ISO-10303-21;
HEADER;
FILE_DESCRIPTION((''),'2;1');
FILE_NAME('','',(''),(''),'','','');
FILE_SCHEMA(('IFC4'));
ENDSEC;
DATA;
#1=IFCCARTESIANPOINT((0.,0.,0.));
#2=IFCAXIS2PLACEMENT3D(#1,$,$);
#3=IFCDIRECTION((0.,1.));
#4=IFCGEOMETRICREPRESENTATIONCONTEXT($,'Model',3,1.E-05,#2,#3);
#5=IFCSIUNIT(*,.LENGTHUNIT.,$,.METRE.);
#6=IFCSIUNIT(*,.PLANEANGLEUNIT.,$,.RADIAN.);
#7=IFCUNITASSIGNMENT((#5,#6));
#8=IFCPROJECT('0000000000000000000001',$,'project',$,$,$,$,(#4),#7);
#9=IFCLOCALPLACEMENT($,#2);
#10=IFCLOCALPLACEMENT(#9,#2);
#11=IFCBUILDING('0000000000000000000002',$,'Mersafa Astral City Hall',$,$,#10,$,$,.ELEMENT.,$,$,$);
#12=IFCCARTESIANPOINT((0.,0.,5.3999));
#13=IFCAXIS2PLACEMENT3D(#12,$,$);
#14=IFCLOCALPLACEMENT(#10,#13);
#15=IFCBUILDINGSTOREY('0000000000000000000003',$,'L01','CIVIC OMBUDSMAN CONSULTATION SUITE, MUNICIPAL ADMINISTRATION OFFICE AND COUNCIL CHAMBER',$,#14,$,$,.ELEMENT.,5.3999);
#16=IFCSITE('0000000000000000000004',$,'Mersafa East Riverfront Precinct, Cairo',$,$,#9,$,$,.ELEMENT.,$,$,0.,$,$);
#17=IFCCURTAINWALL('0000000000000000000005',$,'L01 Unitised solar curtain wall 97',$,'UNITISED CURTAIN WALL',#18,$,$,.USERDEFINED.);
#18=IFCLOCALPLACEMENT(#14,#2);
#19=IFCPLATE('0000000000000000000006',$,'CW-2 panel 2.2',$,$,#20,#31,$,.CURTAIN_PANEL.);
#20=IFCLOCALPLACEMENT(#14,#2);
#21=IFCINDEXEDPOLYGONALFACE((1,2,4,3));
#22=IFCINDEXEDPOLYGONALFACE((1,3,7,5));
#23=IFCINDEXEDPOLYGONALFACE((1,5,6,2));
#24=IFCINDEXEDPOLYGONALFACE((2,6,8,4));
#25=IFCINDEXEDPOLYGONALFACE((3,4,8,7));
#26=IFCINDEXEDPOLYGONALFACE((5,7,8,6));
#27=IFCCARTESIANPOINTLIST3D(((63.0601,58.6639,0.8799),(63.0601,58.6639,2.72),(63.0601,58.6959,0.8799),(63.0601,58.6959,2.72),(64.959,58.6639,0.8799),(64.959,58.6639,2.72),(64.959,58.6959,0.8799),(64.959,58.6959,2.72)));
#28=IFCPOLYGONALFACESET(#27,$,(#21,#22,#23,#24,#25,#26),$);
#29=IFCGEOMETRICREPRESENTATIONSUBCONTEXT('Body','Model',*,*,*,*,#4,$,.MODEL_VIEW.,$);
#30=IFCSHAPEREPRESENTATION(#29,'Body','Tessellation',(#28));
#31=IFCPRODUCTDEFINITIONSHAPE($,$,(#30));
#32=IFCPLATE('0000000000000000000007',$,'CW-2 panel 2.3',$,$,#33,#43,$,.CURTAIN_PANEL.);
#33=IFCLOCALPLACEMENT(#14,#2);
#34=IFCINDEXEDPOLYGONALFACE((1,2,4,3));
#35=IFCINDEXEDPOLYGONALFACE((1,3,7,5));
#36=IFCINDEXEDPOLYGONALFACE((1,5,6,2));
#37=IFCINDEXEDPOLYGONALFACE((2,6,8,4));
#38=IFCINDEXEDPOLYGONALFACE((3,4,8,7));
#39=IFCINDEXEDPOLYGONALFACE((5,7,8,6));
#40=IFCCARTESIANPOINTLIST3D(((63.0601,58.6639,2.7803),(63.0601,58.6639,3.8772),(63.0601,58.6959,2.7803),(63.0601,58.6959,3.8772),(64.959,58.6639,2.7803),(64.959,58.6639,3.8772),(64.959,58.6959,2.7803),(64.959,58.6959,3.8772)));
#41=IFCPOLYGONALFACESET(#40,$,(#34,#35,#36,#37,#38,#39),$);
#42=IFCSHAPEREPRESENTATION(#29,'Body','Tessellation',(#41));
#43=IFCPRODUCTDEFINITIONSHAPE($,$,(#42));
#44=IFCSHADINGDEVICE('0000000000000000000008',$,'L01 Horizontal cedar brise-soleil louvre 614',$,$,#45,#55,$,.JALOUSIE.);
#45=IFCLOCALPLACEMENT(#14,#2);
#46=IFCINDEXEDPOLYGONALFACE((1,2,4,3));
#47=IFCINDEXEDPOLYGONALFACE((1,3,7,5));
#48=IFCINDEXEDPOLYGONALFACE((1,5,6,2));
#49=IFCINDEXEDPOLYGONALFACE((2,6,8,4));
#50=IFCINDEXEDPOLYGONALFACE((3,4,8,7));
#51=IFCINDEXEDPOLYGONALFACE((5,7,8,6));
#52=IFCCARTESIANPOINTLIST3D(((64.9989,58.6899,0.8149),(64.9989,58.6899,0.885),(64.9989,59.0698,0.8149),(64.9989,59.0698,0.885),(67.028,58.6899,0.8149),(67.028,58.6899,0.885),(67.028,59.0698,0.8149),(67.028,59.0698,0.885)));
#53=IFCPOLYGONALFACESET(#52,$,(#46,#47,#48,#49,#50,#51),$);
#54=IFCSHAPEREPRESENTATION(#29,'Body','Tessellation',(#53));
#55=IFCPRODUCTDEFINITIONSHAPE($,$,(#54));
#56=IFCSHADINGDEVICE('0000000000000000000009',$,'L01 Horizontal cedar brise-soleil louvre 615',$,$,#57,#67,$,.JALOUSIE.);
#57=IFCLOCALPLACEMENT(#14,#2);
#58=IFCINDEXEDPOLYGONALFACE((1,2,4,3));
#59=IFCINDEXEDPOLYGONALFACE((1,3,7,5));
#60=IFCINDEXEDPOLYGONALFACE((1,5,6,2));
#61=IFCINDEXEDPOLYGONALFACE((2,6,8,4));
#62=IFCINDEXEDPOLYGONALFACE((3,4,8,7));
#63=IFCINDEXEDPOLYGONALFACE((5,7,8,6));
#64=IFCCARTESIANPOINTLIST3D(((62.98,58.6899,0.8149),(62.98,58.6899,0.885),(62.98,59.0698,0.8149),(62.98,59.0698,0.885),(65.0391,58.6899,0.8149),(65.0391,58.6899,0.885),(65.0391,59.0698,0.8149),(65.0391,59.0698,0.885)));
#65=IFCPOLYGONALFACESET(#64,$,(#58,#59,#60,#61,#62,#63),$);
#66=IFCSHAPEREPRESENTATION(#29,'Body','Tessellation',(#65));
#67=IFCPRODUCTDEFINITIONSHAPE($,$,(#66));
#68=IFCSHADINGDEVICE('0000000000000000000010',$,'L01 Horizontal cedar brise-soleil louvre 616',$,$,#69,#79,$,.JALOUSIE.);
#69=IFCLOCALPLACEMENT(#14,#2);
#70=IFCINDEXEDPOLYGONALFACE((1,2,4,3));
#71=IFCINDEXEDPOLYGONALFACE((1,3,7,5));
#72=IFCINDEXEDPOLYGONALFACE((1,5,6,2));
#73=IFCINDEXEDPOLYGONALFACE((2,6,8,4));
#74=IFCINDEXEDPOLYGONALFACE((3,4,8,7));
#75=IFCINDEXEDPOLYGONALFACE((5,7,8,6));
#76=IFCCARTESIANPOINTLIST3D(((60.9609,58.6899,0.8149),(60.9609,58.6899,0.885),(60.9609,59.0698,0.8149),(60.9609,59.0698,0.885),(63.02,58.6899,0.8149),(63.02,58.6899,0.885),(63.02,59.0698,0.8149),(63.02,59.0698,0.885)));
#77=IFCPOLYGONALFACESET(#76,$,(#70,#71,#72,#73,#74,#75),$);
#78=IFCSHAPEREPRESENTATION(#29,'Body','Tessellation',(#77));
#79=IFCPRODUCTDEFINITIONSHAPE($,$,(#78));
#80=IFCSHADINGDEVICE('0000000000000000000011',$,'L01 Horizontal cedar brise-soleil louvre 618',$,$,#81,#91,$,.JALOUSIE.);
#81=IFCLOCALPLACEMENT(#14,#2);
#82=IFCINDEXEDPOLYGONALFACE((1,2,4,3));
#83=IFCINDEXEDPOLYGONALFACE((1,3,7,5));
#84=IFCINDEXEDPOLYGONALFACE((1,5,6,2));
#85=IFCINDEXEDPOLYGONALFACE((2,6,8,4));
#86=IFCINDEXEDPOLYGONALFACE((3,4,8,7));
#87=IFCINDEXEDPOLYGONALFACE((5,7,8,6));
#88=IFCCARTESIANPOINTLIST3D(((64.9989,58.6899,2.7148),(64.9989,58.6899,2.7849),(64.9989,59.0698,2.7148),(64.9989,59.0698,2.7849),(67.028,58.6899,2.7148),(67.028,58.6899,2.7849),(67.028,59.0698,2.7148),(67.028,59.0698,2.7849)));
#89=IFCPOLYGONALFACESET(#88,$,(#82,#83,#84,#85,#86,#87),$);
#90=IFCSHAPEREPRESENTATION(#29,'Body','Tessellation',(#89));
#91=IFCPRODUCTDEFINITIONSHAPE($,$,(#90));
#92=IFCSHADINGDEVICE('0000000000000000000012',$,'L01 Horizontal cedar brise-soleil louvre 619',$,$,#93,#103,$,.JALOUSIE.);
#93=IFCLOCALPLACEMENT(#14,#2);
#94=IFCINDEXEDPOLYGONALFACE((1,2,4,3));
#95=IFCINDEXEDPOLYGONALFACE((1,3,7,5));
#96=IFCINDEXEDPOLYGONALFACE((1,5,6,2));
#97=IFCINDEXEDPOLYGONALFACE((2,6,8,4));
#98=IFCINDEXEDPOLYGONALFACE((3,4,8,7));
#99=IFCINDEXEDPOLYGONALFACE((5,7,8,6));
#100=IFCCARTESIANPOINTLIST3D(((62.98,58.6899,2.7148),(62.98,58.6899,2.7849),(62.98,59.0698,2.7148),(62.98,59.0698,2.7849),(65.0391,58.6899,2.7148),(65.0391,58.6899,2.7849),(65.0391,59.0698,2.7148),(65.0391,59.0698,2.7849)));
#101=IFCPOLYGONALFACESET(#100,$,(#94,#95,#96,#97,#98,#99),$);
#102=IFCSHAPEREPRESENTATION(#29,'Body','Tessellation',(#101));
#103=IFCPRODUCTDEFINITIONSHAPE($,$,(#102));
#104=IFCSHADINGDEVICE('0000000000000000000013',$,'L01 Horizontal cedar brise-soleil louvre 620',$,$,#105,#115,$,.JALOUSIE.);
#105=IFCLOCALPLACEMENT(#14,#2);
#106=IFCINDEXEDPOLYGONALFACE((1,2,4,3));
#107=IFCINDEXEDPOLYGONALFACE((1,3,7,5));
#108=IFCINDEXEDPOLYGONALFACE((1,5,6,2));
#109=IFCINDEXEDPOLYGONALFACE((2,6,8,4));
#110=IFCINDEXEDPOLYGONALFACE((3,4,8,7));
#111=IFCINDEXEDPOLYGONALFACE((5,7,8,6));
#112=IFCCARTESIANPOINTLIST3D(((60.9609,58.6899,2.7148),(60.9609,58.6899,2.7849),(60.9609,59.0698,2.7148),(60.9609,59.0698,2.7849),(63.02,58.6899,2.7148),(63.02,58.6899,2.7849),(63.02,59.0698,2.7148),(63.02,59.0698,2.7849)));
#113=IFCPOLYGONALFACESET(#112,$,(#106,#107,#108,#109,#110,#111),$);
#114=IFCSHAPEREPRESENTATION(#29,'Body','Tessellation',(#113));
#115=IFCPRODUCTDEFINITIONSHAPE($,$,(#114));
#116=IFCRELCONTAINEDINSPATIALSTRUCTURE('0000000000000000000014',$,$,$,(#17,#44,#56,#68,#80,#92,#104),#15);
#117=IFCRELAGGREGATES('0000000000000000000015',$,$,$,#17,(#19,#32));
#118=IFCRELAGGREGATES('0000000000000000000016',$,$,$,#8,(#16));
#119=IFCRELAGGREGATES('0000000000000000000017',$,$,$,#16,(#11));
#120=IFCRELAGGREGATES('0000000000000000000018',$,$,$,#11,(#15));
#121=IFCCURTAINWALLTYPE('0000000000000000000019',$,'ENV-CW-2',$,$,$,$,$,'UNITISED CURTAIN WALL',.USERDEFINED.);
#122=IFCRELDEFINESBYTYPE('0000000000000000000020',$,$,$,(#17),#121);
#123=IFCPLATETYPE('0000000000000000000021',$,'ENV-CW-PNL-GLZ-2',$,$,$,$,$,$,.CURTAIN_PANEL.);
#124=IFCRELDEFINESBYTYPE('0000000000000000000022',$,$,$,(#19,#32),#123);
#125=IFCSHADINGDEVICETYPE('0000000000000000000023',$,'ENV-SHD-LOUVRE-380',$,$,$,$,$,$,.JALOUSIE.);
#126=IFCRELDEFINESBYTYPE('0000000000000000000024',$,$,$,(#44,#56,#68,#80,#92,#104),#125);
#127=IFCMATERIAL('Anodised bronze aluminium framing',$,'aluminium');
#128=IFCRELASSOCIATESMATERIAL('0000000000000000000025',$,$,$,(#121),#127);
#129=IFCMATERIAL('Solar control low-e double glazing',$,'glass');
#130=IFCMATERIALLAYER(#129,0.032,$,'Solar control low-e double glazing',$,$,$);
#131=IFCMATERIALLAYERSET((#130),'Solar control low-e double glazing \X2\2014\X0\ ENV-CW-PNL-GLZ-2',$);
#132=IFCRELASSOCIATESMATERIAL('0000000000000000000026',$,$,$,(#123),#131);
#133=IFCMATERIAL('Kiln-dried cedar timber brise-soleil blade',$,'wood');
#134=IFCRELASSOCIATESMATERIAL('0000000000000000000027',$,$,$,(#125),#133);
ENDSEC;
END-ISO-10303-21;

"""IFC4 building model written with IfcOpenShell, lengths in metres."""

from ifc_helpers import new_model, si_unit, direction, frame, origin, origin_2d, place, context, subcontext, project, spatial, rectangle, extrude, material, layer, layer_set, type_object, element, aggregate, save


model = new_model("IFC4")

# Units and contexts
model_context = context("Model", 3, precision=1e-05, world=origin(), true_north=direction((0.0, 1.0)))
body_context = subcontext(model_context, "Body", "Model", "MODEL_VIEW")
ifc_project = project(units=[si_unit("LENGTHUNIT", "METRE"), si_unit("PLANEANGLEUNIT", "RADIAN")], contexts=[model_context])

# Site, building, storey
site_placement = place(None, origin())
site = spatial("IfcSite", under=ifc_project, at=site_placement, Name="Mersafa East Riverfront Precinct, Cairo", CompositionType="ELEMENT", RefElevation=0.0)
building_placement = place(site_placement, origin())
building = spatial("IfcBuilding", under=site, at=building_placement, Name="Mersafa Astral City Hall", CompositionType="ELEMENT")
storey_placement = place(building_placement, frame((0.0, 0.0, 5.3999)))
storey = spatial("IfcBuildingStorey", under=building, at=storey_placement, Name="L01", Description="CIVIC OMBUDSMAN CONSULTATION SUITE, MUNICIPAL ADMINISTRATION OFFICE AND COUNCIL CHAMBER", CompositionType="ELEMENT", Elevation=5.3999)

# Curtain wall
ifc_material_1 = material(Name="Anodised bronze aluminium framing", Category="aluminium")
curtain_wall_type = type_object("IfcCurtainWallType", Name="ENV-CW-2", ElementType="UNITISED CURTAIN WALL", PredefinedType="USERDEFINED", material=ifc_material_1)
curtain_wall_placement = place(storey_placement, origin())
curtain_wall = element("IfcCurtainWall", 1, at=curtain_wall_placement, inside=storey, type_object=curtain_wall_type, Name="L01 Unitised solar curtain wall 97", ObjectType="UNITISED CURTAIN WALL", PredefinedType="USERDEFINED")

# Plates
ifc_material_2 = material(Name="Solar control low-e double glazing", Category="glass")
ifc_layer = layer(ifc_material_2, 0.032, Name="Solar control low-e double glazing")
ifc_layer_set = layer_set([ifc_layer], Name="Solar control low-e double glazing — ENV-CW-PNL-GLZ-2")
plate_type = type_object("IfcPlateType", Name="ENV-CW-PNL-GLZ-2", PredefinedType="CURTAIN_PANEL", material=ifc_layer_set)
plate_1_placement = place(storey_placement, frame((64.0095, 58.6799, 0.8799), z_axis=(0.0, 0.0, 1.0), x_axis=(-1.0, 0.0, 0.0)))
plate_1 = element("IfcPlate", 2, at=plate_1_placement, type_object=plate_type, Name="CW-2 panel 2.2", PredefinedType="CURTAIN_PANEL", context=body_context, shape_type="SweptSolid", body=[
    extrude(rectangle(XDim=1.8989, YDim=0.032, at=origin_2d()), origin(), (0.0, 0.0, 1.0), 1.8401),
])
plate_2_placement = place(storey_placement, frame((64.0095, 58.6799, 2.7803), z_axis=(0.0, 0.0, 1.0), x_axis=(-1.0, 0.0, 0.0)))
plate_2 = element("IfcPlate", 3, at=plate_2_placement, type_object=plate_type, Name="CW-2 panel 2.3", PredefinedType="CURTAIN_PANEL", context=body_context, shape_type="SweptSolid", body=[
    extrude(rectangle(XDim=1.8989, YDim=0.032, at=origin_2d()), origin(), (0.0, 0.0, 1.0), 1.0969),
])
aggregate(curtain_wall, [plate_1, plate_2])

# Shading devices
ifc_material_3 = material(Name="Kiln-dried cedar timber brise-soleil blade", Category="wood")
shading_device_type = type_object("IfcShadingDeviceType", Name="ENV-SHD-LOUVRE-380", PredefinedType="JALOUSIE", material=ifc_material_3)
shading_device_1_placement = place(storey_placement, frame((66.0134, 58.8799, 0.8149), z_axis=(0.0, 0.0, 1.0), x_axis=(-1.0, 0.0, 0.0)))
element("IfcShadingDevice", 4, at=shading_device_1_placement, inside=storey, type_object=shading_device_type, Name="L01 Horizontal cedar brise-soleil louvre 614", PredefinedType="JALOUSIE", context=body_context, shape_type="SweptSolid", body=[
    extrude(rectangle(XDim=2.0291, YDim=0.3799, at=origin_2d()), origin(), (0.0, 0.0, 1.0), 0.0701),
])
for number, where, z_axis, x_axis, name in (
    (5, (64.0095, 58.8799, 0.8149), (0.0, 0.0, 1.0), (-1.0, 0.0, 0.0), "L01 Horizontal cedar brise-soleil louvre 615"),
    (6, (61.9905, 58.8799, 0.8149), (0.0, 0.0, 1.0), (-1.0, 0.0, 0.0), "L01 Horizontal cedar brise-soleil louvre 616"),
):
    element("IfcShadingDevice", number, at=place(storey_placement, frame(where, z_axis=z_axis, x_axis=x_axis)), inside=storey, type_object=shading_device_type, Name=name, PredefinedType="JALOUSIE", context=body_context, shape_type="SweptSolid", body=[
        extrude(rectangle(XDim=2.0591, YDim=0.3799, at=origin_2d()), origin(), (0.0, 0.0, 1.0), 0.0701),
    ])
shading_device_2_placement = place(storey_placement, frame((66.0134, 58.8799, 2.7148), z_axis=(0.0, 0.0, 1.0), x_axis=(-1.0, 0.0, 0.0)))
element("IfcShadingDevice", 7, at=shading_device_2_placement, inside=storey, type_object=shading_device_type, Name="L01 Horizontal cedar brise-soleil louvre 618", PredefinedType="JALOUSIE", context=body_context, shape_type="SweptSolid", body=[
    extrude(rectangle(XDim=2.0291, YDim=0.3799, at=origin_2d()), origin(), (0.0, 0.0, 1.0), 0.0701),
])
for number, where, z_axis, x_axis, name in (
    (8, (64.0095, 58.8799, 2.7148), (0.0, 0.0, 1.0), (-1.0, 0.0, 0.0), "L01 Horizontal cedar brise-soleil louvre 619"),
    (9, (61.9905, 58.8799, 2.7148), (0.0, 0.0, 1.0), (-1.0, 0.0, 0.0), "L01 Horizontal cedar brise-soleil louvre 620"),
):
    element("IfcShadingDevice", number, at=place(storey_placement, frame(where, z_axis=z_axis, x_axis=x_axis)), inside=storey, type_object=shading_device_type, Name=name, PredefinedType="JALOUSIE", context=body_context, shape_type="SweptSolid", body=[
        extrude(rectangle(XDim=2.0591, YDim=0.3799, at=origin_2d()), origin(), (0.0, 0.0, 1.0), 0.0701),
    ])

save(model, "model.ifc")
